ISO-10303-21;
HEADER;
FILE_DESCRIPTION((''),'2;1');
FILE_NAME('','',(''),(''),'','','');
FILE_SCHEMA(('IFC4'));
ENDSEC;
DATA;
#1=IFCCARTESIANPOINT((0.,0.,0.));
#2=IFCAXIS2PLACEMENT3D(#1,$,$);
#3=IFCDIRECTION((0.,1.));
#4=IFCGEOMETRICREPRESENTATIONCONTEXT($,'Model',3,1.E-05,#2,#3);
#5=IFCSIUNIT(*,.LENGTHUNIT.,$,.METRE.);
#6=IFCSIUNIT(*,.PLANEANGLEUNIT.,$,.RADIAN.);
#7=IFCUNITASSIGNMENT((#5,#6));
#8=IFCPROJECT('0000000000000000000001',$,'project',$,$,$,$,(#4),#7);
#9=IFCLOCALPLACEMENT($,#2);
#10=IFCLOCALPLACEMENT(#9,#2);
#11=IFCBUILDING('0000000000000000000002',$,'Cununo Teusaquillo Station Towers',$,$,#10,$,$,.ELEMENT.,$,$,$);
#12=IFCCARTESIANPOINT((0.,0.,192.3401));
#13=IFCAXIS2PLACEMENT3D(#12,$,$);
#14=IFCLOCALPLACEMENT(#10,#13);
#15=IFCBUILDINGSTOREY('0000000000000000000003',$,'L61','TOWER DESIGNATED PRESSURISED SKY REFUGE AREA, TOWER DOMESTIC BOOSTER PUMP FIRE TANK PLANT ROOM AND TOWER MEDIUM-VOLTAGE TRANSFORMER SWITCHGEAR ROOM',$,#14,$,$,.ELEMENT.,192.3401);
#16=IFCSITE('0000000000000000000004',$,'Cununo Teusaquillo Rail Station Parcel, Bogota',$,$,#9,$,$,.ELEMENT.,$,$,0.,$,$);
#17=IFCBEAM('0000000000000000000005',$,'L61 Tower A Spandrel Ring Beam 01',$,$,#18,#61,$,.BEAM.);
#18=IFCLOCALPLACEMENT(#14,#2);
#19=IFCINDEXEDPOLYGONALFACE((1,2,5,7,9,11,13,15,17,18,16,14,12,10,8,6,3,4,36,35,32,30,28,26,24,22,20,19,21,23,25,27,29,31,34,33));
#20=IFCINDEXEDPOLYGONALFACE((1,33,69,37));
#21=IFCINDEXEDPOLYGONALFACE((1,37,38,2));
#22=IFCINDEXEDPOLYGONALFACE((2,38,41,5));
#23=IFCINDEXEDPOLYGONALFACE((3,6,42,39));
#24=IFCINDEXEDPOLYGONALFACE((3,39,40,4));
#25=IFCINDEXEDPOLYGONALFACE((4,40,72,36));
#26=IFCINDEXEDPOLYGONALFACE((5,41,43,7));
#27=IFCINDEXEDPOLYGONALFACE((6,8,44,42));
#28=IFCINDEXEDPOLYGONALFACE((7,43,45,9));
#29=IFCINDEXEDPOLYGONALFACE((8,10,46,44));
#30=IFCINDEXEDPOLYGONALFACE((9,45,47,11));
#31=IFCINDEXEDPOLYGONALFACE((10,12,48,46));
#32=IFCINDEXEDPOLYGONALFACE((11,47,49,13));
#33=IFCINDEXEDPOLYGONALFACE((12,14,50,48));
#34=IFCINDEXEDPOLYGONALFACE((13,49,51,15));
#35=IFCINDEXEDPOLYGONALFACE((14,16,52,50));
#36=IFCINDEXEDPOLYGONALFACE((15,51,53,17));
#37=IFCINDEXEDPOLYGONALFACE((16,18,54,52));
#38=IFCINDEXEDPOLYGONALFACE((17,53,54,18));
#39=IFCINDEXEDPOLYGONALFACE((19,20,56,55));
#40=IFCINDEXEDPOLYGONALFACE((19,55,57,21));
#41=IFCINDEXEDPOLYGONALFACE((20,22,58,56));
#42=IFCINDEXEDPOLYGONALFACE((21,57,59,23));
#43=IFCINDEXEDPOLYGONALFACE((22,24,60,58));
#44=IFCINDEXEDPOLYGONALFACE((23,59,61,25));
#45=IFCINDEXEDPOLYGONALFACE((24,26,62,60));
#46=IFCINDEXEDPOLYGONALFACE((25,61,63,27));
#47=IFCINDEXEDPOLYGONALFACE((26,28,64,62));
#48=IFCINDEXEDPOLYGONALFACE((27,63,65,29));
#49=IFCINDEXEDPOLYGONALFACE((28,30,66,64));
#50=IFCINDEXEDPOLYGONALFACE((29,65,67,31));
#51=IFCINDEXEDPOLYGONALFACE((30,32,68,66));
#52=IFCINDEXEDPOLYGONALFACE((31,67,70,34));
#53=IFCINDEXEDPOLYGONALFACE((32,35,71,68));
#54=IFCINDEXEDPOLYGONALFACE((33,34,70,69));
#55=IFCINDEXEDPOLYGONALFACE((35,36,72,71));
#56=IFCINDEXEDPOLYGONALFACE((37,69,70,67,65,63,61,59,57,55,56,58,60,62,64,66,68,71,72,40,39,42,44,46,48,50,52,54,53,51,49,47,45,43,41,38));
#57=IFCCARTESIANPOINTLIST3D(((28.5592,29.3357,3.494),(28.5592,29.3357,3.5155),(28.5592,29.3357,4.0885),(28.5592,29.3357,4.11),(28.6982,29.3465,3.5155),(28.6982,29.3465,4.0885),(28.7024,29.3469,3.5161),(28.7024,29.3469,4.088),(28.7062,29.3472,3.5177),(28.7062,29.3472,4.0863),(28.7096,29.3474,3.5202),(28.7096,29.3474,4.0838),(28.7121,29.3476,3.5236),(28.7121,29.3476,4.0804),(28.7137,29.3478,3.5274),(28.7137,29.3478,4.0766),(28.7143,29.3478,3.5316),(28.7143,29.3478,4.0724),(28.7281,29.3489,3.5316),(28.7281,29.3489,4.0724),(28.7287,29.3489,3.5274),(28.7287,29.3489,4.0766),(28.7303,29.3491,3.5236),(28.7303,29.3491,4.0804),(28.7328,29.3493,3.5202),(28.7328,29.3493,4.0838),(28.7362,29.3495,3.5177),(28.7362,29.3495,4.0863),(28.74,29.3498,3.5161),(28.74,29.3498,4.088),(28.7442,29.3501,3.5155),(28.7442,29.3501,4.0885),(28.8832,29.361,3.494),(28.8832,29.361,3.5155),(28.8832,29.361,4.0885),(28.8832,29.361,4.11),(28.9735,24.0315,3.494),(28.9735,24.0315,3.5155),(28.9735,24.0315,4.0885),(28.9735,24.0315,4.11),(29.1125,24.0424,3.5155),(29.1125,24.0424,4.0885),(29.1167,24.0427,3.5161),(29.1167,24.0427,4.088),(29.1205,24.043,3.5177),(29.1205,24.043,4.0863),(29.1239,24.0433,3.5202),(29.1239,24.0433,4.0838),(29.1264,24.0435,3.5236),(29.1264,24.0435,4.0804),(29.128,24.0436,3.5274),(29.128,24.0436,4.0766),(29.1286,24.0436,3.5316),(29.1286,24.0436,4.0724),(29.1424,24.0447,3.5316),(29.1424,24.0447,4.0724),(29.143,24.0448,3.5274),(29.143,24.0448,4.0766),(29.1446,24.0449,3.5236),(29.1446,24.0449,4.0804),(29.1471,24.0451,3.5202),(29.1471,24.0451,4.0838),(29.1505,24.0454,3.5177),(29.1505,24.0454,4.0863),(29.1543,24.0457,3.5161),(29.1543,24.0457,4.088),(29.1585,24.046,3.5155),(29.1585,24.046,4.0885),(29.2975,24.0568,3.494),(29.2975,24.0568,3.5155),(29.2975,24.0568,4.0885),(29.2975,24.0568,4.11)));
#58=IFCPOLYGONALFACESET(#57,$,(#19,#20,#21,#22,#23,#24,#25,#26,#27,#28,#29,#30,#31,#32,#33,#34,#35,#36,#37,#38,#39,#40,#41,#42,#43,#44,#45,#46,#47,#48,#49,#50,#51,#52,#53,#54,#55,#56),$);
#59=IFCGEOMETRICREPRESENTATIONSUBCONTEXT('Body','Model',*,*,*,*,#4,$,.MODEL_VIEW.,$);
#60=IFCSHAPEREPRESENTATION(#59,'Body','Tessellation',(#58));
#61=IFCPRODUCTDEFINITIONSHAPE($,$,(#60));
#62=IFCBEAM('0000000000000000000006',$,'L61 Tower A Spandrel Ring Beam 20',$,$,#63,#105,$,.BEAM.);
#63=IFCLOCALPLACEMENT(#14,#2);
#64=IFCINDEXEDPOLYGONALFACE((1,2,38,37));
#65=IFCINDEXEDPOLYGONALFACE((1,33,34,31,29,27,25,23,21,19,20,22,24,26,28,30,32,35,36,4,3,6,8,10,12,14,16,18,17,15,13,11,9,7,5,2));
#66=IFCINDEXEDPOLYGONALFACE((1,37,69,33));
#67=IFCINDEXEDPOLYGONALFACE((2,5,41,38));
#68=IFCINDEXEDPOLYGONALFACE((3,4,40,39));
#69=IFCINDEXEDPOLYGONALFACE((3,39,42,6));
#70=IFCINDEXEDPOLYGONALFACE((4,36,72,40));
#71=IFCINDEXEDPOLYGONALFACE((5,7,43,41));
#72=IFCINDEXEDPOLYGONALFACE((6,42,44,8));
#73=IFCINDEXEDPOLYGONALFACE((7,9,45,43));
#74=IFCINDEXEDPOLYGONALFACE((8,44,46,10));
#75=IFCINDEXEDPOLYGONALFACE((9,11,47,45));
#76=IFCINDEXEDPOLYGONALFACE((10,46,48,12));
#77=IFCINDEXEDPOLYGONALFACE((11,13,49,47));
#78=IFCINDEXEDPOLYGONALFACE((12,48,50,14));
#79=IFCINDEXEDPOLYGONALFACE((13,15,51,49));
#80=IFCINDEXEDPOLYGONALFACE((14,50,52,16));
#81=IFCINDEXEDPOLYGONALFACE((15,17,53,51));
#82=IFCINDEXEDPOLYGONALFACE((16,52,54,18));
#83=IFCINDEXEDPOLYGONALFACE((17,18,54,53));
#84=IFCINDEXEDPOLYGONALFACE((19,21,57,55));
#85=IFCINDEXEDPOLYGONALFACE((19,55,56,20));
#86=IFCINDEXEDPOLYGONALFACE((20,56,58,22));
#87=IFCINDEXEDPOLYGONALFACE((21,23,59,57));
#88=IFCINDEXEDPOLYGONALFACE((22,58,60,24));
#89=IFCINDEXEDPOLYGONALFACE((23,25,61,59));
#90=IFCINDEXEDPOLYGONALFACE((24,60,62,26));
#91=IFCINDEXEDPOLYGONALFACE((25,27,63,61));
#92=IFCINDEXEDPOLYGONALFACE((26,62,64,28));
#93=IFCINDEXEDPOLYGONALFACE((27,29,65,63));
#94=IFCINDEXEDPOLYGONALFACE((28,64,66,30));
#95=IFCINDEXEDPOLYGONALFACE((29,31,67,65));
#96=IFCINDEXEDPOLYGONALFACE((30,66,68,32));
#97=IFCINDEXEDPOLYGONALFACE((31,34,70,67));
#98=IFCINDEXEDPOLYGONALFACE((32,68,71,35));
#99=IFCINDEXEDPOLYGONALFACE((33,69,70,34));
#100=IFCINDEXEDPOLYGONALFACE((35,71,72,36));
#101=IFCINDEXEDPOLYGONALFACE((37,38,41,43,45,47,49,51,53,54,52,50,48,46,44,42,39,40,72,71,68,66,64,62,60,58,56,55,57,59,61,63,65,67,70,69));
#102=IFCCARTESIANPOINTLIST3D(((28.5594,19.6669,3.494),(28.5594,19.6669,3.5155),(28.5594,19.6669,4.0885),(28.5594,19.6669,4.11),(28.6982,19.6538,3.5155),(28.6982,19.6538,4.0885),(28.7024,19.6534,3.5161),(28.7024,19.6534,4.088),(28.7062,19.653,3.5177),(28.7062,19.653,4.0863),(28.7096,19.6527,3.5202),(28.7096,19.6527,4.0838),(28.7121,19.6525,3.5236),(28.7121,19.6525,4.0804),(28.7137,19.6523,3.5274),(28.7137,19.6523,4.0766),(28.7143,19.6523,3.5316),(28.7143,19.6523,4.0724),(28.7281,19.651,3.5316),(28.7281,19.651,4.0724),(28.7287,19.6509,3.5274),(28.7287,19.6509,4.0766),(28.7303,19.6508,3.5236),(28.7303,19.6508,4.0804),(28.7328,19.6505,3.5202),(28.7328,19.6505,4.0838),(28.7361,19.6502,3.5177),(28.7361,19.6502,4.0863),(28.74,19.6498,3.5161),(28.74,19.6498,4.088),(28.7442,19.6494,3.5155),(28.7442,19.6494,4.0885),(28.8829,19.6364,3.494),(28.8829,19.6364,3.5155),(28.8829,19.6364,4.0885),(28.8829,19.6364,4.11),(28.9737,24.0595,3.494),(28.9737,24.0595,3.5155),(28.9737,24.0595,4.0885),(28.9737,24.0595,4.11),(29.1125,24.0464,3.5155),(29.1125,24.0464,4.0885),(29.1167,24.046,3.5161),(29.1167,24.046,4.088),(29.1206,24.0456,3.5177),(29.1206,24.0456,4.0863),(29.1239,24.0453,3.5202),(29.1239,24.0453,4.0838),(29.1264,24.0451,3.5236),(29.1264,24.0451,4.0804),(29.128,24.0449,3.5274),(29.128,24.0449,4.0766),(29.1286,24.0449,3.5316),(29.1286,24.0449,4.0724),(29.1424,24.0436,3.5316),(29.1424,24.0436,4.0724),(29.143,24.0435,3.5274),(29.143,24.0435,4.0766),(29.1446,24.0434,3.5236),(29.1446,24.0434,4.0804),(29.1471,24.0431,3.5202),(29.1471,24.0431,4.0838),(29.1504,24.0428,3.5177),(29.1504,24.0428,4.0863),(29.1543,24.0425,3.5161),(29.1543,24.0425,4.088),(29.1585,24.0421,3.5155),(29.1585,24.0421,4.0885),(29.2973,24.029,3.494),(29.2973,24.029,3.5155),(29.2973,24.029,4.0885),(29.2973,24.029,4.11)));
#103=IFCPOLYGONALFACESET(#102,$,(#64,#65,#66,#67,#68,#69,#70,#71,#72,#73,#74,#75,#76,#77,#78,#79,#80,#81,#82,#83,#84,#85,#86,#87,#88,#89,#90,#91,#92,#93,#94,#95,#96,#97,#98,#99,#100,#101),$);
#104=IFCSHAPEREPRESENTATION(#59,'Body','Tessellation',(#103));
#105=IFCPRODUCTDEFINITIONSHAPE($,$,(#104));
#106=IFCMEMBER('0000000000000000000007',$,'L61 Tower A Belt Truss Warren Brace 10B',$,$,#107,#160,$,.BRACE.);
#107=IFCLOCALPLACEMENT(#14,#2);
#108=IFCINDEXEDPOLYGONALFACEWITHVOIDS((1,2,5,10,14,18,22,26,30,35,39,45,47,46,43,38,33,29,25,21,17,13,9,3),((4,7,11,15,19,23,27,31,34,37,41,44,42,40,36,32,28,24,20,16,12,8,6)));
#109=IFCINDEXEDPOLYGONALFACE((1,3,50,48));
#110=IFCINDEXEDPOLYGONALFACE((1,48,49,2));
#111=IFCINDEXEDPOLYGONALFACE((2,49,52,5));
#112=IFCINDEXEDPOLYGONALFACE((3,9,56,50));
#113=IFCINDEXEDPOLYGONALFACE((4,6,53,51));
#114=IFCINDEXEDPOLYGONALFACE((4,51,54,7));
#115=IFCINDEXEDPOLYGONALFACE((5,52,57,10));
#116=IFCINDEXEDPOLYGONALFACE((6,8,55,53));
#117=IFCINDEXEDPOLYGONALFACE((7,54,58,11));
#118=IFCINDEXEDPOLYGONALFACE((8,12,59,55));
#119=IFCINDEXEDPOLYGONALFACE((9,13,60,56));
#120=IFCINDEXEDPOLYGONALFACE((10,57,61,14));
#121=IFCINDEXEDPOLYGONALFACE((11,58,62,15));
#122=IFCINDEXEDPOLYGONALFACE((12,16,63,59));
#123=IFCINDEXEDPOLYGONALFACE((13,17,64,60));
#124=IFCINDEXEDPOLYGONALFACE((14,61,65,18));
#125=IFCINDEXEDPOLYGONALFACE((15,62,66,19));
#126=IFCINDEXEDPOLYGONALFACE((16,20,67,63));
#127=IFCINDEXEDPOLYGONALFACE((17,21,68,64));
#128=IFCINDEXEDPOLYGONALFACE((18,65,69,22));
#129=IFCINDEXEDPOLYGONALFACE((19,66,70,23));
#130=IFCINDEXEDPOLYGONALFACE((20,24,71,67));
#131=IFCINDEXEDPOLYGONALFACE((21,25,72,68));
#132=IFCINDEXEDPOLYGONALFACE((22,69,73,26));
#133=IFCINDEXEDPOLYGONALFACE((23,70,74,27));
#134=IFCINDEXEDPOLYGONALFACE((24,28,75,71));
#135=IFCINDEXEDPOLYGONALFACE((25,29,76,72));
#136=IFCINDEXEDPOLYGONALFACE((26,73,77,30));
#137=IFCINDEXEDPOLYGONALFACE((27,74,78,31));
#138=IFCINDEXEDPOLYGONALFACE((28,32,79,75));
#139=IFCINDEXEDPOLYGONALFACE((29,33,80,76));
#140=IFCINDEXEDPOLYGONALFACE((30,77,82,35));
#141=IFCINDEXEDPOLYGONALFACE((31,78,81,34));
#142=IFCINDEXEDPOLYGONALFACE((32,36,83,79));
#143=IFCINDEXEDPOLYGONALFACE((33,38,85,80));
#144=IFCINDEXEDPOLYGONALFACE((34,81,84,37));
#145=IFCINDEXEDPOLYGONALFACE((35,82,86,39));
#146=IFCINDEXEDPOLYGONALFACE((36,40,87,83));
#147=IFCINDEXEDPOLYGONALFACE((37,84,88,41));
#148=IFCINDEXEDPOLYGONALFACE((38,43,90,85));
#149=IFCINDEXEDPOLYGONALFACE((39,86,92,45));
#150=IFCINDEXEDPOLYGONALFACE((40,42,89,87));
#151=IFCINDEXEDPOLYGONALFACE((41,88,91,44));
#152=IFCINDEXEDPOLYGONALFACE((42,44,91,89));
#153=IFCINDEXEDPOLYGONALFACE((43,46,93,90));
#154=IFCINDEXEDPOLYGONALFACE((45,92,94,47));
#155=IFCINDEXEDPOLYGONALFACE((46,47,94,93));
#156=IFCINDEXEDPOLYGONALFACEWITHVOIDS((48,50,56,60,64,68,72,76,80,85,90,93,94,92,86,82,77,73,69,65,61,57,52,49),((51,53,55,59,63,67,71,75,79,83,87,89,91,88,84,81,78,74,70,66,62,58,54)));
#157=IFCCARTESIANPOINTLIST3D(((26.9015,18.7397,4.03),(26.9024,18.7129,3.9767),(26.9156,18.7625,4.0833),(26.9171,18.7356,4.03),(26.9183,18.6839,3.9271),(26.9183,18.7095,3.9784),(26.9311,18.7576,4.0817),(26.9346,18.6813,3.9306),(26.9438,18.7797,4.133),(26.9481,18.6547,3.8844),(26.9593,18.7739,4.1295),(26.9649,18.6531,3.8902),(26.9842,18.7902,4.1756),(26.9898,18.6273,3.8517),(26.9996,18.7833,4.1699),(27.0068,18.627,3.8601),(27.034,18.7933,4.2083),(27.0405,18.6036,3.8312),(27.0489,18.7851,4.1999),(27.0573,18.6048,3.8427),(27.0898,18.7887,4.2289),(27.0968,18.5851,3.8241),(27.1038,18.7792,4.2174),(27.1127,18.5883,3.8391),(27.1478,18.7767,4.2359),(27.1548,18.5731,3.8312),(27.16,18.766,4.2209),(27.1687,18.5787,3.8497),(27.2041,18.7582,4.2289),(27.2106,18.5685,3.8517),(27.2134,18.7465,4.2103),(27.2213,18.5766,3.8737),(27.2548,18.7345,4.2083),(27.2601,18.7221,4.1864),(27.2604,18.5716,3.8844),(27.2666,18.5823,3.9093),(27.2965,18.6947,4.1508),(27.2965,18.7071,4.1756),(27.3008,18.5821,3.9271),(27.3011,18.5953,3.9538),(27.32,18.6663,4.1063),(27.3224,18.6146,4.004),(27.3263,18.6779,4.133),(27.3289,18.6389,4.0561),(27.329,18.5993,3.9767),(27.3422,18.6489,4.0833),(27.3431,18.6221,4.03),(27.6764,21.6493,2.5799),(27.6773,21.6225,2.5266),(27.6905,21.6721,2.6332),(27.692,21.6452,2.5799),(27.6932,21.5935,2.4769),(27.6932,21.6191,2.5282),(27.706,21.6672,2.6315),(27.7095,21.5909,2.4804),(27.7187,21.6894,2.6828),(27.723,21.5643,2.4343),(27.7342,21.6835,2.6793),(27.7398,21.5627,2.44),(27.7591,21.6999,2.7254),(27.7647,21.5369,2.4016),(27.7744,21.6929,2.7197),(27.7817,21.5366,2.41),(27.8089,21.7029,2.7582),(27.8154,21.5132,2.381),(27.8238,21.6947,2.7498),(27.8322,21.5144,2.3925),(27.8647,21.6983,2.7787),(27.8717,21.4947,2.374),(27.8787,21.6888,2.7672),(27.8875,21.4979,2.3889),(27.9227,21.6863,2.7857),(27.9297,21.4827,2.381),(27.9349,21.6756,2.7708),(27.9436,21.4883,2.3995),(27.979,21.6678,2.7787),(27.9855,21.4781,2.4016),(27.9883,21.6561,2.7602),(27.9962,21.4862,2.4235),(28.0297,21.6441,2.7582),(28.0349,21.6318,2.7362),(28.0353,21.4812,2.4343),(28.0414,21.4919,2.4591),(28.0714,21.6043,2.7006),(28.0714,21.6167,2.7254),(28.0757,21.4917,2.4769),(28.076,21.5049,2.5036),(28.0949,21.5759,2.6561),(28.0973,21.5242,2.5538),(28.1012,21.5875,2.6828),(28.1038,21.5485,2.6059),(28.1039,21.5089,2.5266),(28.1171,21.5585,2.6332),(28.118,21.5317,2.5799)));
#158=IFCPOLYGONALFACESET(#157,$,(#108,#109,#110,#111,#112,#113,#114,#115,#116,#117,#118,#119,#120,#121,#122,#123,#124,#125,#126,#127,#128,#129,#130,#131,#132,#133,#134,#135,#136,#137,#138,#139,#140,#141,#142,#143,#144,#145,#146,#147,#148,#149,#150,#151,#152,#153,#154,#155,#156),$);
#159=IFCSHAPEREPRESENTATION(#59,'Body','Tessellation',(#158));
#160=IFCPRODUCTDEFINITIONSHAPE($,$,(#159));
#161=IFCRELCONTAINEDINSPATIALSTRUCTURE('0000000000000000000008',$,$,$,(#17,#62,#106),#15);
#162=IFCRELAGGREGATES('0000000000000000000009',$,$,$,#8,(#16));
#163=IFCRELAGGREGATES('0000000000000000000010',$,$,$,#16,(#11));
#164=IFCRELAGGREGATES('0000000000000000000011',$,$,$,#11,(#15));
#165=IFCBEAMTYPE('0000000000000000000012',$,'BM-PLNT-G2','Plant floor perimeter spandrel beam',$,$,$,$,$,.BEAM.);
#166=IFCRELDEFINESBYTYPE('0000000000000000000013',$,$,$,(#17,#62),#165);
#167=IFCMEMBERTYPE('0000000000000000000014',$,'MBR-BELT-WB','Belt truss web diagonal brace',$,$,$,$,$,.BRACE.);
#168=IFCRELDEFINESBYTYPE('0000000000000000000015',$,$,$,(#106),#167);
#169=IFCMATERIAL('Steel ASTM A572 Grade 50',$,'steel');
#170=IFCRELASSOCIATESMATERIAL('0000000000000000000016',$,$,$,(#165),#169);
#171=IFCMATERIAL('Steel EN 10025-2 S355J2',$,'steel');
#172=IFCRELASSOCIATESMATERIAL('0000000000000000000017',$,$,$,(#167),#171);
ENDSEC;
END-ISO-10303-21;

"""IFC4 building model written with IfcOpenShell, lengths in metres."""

from ifc_helpers import new_model, si_unit, direction, frame, origin, origin_2d, place, context, subcontext, project, spatial, hollow_circle, i_section, extrude, material, material_profile, profile_set, type_object, element, save


model = new_model("IFC4")

# Units and contexts
model_context = context("Model", 3, precision=1e-05, world=origin(), true_north=direction((0.0, 1.0)))
body_context = subcontext(model_context, "Body", "Model", "MODEL_VIEW")
ifc_project = project(units=[si_unit("LENGTHUNIT", "METRE"), si_unit("PLANEANGLEUNIT", "RADIAN")], contexts=[model_context])

# Site, building, storey
site_placement = place(None, origin())
site = spatial("IfcSite", under=ifc_project, at=site_placement, Name="Cununo Teusaquillo Rail Station Parcel, Bogota", CompositionType="ELEMENT", RefElevation=0.0)
building_placement = place(site_placement, origin())
building = spatial("IfcBuilding", under=site, at=building_placement, Name="Cununo Teusaquillo Station Towers", CompositionType="ELEMENT")
storey_placement = place(building_placement, frame((0.0, 0.0, 192.3401)))
storey = spatial("IfcBuildingStorey", under=building, at=storey_placement, Name="L61", Description="TOWER DESIGNATED PRESSURISED SKY REFUGE AREA, TOWER DOMESTIC BOOSTER PUMP FIRE TANK PLANT ROOM AND TOWER MEDIUM-VOLTAGE TRANSFORMER SWITCHGEAR ROOM", CompositionType="ELEMENT", Elevation=192.3401)

# Beams
ifc_material_1 = material(Name="Steel ASTM A572 Grade 50", Category="steel")
ifc_material_profile_1 = material_profile(ifc_material_1, i_section(OverallWidth=0.325, OverallDepth=0.616, WebThickness=0.0139, FlangeThickness=0.0215, FilletRadius=0.0161, at=origin_2d()), Name="W24X117")
ifc_profile_set_1 = profile_set([ifc_material_profile_1], Name="Steel ASTM A572 Grade 50")
beam_type_1 = type_object("IfcBeamType", Name="BM-PLNT-G2", Description="Plant floor perimeter spandrel beam", PredefinedType="BEAM", material=ifc_profile_set_1)
beam_1_placement = place(storey_placement, frame((29.1355, 24.0442, 3.802), z_axis=(-0.077872, 0.996963, 0.0), x_axis=(-0.996963, -0.077872, 0.0)))
element("IfcBeam", 1, at=beam_1_placement, inside=storey, type_object=beam_type_1, Name="L61 Tower A Spandrel Ring Beam 01", PredefinedType="BEAM", context=body_context, shape_type="SweptSolid", body=[
    extrude(i_section(OverallWidth=0.325, OverallDepth=0.616, WebThickness=0.0139, FlangeThickness=0.0215, FilletRadius=0.0161, at=origin_2d()), origin(), (0.0, 0.0, 1.0), 5.3203),
])
beam_2_placement = place(storey_placement, frame((28.7212, 19.6516, 3.802), z_axis=(0.093903, 0.995581, 0.0), x_axis=(-0.995581, 0.093903, 0.0)))
element("IfcBeam", 2, at=beam_2_placement, inside=storey, type_object=beam_type_1, Name="L61 Tower A Spandrel Ring Beam 20", PredefinedType="BEAM", context=body_context, shape_type="SweptSolid", body=[
    extrude(i_section(OverallWidth=0.325, OverallDepth=0.616, WebThickness=0.0139, FlangeThickness=0.0215, FilletRadius=0.0161, at=origin_2d()), origin(), (0.0, 0.0, 1.0), 4.4121),
])

# Member
ifc_material_2 = material(Name="Steel EN 10025-2 S355J2", Category="steel")
ifc_material_profile_2 = material_profile(ifc_material_2, hollow_circle(Radius=0.2285, WallThickness=0.0161, at=origin_2d()), Name="CHS 457x16")
ifc_profile_set_2 = profile_set([ifc_material_profile_2], Name="Steel EN 10025-2 S355J2")
member_type_1 = type_object("IfcMemberType", Name="MBR-BELT-WB", Description="Belt truss web diagonal brace", PredefinedType="BRACE", material=ifc_profile_set_2)
member_1_placement = place(storey_placement, frame((27.1223, 18.6809, 4.03), z_axis=(0.23186, 0.870608, -0.433916), x_axis=(-0.966318, 0.25735, 0.0)))
element("IfcMember", 3, at=member_1_placement, inside=storey, type_object=member_type_1, Name="L61 Tower A Belt Truss Warren Brace 10B", PredefinedType="BRACE", context=body_context, shape_type="SweptSolid", body=[
    extrude(hollow_circle(Radius=0.2285, WallThickness=0.0161, at=origin_2d()), origin(), (0.0, 0.0, 1.0), 3.342),
])

save(model, "model.ifc")
